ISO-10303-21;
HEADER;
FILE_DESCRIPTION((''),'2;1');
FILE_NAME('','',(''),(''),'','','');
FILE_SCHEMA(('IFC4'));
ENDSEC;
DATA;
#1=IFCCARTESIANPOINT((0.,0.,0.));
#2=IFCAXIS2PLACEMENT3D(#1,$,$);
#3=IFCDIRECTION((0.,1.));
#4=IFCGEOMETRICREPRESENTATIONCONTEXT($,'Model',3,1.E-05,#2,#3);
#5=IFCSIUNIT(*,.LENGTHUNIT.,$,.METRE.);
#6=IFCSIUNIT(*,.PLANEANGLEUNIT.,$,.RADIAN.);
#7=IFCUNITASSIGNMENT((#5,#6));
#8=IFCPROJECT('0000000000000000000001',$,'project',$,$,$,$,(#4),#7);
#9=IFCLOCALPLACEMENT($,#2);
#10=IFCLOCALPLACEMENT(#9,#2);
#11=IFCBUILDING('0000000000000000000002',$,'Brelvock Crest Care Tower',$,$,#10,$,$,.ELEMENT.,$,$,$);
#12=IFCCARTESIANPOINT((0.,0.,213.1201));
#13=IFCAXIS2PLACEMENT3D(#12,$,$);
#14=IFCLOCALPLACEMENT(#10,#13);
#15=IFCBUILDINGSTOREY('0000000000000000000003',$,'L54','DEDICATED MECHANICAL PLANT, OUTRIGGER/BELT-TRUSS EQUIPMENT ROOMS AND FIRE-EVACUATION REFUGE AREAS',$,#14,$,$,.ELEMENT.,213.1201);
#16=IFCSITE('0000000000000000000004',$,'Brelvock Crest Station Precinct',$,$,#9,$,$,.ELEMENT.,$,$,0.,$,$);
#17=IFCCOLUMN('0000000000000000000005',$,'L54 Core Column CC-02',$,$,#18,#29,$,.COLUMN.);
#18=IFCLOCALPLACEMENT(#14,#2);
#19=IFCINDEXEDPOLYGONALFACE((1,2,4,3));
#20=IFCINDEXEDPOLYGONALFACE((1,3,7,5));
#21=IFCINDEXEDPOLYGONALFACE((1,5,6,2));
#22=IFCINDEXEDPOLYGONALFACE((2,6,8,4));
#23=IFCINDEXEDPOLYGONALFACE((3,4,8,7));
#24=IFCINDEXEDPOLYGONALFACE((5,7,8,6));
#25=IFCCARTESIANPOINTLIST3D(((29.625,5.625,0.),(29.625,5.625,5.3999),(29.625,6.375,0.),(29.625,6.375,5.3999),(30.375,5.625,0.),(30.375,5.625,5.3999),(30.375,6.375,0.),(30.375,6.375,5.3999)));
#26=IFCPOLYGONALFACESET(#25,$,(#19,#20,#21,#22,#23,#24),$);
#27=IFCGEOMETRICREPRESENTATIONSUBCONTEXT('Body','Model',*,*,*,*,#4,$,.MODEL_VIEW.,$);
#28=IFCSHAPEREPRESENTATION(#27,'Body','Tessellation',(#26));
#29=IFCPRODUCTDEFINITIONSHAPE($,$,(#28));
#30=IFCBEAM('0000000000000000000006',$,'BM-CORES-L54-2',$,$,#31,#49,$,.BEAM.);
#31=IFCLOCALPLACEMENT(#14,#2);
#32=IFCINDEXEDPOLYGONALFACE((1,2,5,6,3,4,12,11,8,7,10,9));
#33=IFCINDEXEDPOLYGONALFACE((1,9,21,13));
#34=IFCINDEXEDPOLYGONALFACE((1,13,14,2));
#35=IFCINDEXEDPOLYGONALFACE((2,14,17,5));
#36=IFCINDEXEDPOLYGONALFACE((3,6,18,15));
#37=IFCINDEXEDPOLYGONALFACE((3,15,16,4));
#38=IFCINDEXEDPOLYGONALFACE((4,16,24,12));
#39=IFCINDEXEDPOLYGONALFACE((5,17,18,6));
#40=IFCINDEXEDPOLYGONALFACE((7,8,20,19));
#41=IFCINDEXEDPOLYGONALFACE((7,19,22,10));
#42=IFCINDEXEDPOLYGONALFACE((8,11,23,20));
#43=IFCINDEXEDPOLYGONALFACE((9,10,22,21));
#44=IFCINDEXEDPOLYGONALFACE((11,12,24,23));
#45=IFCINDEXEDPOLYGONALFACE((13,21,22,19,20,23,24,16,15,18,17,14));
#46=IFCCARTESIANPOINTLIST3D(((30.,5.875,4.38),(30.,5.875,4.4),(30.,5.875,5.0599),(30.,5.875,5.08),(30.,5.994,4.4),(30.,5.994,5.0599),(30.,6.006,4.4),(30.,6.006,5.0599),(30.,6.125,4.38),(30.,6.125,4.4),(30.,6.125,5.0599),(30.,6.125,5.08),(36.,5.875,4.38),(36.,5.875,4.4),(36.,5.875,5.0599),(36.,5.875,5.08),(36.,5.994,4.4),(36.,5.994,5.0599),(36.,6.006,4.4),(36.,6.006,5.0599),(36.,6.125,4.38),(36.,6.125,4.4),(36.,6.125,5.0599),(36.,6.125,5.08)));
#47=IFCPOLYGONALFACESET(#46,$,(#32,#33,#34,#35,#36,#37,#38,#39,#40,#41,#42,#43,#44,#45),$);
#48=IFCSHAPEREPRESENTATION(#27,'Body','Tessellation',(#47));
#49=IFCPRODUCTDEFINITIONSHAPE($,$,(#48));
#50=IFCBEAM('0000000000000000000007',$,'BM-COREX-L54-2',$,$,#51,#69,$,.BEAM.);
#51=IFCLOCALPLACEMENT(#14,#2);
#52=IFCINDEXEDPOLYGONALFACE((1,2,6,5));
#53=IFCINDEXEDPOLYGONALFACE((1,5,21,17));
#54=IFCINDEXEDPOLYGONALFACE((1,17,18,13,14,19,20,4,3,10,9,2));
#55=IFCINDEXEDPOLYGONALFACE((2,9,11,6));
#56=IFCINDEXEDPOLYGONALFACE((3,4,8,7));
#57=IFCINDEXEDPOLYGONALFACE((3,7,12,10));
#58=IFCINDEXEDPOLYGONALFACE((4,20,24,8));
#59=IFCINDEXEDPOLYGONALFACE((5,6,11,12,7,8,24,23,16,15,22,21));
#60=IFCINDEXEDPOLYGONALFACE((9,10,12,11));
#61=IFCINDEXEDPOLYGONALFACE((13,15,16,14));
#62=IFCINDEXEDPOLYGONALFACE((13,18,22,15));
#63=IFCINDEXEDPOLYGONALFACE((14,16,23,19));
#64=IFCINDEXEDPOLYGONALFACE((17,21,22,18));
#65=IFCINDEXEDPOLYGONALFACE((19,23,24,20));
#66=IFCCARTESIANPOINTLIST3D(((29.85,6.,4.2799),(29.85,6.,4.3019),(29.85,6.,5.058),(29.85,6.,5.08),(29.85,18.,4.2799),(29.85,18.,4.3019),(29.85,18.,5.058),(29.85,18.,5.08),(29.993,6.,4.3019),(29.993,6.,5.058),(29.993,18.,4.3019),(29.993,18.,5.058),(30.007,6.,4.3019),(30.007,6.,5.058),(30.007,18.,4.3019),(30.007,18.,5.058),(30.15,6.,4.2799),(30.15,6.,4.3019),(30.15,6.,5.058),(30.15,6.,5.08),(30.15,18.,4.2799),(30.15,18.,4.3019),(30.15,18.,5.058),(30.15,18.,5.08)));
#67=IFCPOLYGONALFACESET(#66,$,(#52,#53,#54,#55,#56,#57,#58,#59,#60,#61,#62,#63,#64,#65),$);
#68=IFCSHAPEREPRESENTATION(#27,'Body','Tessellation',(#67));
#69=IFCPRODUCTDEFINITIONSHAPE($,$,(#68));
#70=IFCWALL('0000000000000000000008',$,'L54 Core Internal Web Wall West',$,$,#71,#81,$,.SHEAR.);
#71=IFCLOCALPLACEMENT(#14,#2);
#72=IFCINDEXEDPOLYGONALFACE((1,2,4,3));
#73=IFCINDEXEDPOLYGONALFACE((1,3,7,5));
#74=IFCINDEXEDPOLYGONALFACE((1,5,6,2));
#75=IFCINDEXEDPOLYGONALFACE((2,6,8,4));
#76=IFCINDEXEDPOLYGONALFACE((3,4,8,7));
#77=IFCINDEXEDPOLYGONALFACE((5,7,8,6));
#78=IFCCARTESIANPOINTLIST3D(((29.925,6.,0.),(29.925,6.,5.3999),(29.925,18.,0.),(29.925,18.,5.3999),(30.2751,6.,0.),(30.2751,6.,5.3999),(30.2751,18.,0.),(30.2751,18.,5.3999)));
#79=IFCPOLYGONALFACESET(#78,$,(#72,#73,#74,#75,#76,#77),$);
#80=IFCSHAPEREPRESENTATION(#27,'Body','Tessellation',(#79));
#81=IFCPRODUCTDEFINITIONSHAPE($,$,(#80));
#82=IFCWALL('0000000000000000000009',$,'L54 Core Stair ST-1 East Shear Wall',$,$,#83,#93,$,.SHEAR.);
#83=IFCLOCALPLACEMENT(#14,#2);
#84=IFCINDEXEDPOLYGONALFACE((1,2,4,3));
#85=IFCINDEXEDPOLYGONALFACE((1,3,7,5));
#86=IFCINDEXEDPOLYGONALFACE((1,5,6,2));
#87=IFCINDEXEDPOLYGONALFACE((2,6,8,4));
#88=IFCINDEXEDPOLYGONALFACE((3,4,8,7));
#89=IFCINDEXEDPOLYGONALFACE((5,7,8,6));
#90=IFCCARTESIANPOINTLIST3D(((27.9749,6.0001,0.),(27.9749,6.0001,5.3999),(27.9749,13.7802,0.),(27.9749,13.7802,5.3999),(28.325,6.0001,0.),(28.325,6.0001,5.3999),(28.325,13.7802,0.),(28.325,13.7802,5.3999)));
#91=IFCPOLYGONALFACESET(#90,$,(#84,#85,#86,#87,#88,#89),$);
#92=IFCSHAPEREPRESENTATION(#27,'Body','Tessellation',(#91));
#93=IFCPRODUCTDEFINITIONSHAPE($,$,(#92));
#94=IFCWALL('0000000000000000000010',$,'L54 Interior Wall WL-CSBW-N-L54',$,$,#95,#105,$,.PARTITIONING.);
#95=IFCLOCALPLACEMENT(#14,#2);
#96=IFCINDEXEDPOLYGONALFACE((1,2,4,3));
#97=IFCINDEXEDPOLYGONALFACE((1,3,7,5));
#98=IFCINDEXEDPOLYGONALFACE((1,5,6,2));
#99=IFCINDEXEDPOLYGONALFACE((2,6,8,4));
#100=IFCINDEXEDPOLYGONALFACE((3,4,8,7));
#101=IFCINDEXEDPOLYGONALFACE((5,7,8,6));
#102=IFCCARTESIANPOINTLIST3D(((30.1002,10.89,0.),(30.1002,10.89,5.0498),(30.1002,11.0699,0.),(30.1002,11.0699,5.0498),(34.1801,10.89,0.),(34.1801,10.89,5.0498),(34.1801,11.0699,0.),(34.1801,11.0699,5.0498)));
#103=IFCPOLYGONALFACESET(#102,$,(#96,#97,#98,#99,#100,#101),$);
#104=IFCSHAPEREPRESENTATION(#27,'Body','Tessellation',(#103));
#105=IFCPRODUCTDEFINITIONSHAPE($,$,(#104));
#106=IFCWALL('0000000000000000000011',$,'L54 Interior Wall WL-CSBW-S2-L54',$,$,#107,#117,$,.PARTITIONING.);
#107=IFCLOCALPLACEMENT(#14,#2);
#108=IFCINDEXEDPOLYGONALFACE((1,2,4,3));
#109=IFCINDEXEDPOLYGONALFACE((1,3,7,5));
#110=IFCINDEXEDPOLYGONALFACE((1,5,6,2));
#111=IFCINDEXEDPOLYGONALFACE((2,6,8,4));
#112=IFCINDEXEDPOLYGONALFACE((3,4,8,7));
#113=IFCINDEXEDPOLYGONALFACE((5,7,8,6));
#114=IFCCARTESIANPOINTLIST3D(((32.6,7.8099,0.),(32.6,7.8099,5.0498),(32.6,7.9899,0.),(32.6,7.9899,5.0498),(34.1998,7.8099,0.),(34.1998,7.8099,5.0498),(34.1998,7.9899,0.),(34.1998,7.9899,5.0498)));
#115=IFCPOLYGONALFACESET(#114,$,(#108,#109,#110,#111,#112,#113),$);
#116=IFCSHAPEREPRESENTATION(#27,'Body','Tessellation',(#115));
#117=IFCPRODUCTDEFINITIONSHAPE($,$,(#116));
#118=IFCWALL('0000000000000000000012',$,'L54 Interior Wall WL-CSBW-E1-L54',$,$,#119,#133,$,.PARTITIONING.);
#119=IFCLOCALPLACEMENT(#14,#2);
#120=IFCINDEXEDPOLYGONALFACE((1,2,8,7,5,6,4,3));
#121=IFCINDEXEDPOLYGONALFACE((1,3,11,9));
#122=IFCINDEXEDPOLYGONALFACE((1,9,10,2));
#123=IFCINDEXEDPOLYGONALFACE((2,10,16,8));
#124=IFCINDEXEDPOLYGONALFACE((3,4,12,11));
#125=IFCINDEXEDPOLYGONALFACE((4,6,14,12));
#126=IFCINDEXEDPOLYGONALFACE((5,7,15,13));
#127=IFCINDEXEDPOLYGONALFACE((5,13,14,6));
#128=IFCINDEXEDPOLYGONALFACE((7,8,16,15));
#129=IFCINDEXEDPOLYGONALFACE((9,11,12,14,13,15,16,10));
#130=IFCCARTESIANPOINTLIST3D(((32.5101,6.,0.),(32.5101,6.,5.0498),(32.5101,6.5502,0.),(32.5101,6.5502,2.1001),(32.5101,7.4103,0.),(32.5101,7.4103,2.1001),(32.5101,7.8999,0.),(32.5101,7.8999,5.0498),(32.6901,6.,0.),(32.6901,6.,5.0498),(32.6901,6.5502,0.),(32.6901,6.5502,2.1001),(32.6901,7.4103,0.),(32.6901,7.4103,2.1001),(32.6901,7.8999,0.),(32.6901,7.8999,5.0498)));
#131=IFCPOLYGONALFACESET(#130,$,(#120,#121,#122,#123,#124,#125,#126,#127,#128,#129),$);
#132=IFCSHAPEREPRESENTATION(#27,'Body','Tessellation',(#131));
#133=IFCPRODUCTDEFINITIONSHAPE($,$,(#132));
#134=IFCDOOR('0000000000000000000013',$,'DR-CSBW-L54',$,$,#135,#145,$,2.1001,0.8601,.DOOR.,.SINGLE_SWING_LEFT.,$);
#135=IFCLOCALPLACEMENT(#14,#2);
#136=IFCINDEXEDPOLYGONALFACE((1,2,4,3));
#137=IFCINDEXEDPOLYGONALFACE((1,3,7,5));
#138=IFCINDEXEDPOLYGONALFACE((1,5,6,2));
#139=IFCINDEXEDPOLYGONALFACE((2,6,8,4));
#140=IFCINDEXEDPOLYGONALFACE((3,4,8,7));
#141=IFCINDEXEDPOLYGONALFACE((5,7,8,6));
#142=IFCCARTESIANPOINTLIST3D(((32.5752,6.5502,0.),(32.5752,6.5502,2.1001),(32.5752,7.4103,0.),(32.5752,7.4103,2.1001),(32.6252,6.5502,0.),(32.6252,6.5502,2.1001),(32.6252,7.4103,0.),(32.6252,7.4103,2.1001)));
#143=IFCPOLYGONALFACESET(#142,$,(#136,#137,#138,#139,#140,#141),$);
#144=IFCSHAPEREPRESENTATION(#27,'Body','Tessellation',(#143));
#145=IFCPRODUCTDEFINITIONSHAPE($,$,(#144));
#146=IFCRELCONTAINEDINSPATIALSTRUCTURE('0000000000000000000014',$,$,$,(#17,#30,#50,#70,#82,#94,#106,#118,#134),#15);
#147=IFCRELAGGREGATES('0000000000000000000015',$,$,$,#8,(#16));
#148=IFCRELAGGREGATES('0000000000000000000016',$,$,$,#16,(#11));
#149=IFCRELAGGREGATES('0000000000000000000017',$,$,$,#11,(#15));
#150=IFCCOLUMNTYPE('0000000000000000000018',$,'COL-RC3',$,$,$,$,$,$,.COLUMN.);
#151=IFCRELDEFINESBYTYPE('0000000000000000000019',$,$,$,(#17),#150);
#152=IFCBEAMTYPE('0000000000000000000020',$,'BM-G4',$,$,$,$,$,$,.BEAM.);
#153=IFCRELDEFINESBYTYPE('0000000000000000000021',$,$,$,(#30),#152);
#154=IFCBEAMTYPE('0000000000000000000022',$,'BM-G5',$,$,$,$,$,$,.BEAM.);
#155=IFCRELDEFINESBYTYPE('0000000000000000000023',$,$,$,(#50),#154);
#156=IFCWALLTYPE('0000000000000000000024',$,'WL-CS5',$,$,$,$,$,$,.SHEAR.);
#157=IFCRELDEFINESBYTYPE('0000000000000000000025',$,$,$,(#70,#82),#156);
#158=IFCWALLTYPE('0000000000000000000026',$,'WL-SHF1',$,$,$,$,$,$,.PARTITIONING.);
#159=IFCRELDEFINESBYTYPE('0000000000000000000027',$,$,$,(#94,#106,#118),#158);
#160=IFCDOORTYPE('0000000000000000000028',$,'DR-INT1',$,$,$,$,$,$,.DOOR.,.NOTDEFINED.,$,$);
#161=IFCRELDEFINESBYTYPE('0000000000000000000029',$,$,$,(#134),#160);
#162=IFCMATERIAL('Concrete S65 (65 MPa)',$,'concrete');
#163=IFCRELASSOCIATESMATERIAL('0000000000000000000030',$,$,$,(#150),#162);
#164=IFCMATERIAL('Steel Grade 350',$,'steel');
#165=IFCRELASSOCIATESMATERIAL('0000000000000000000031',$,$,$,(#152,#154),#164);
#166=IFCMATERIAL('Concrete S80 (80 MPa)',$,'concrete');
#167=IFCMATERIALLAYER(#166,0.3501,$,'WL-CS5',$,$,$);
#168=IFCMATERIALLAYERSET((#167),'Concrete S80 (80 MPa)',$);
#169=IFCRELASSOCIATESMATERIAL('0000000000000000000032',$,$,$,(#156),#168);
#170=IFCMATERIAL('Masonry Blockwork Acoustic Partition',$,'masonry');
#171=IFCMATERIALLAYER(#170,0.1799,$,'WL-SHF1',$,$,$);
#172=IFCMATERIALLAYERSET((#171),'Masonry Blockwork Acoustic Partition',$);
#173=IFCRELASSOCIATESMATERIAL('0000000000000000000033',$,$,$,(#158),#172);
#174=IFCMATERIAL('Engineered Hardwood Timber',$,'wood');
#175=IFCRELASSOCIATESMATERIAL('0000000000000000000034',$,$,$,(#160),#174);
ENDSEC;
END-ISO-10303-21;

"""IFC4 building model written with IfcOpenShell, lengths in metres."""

from ifc_helpers import new_model, si_unit, direction, frame, frame_2d, origin, origin_2d, place, context, subcontext, project, spatial, rectangle, i_section, extrude, source, transform, mapped, material, layer, layer_set, material_profile, profile_set, type_object, element, fill, save


model = new_model("IFC4")

# Units and contexts
model_context = context("Model", 3, precision=1e-05, world=origin(), true_north=direction((0.0, 1.0)))
body_context = subcontext(model_context, "Body", "Model", "MODEL_VIEW")
ifc_project = project(units=[si_unit("LENGTHUNIT", "METRE"), si_unit("PLANEANGLEUNIT", "RADIAN")], contexts=[model_context])

# Site, building, storey
site_placement = place(None, origin())
site = spatial("IfcSite", under=ifc_project, at=site_placement, Name="Brelvock Crest Station Precinct", CompositionType="ELEMENT", RefElevation=0.0)
building_placement = place(site_placement, origin())
building = spatial("IfcBuilding", under=site, at=building_placement, Name="Brelvock Crest Care Tower", CompositionType="ELEMENT")
storey_placement = place(building_placement, frame((0.0, 0.0, 213.1201)))
storey = spatial("IfcBuildingStorey", under=building, at=storey_placement, Name="L54", Description="DEDICATED MECHANICAL PLANT, OUTRIGGER/BELT-TRUSS EQUIPMENT ROOMS AND FIRE-EVACUATION REFUGE AREAS", CompositionType="ELEMENT", Elevation=213.1201)

# Column
ifc_material_1 = material(Name="Concrete S65 (65 MPa)", Category="concrete")
ifc_material_profile_1 = material_profile(ifc_material_1, rectangle(XDim=0.75, YDim=0.75, at=origin_2d()), Name="RC750x750")
ifc_profile_set_1 = profile_set([ifc_material_profile_1], Name="Concrete S65 (65 MPa)")
column_type = type_object("IfcColumnType", Name="COL-RC3", PredefinedType="COLUMN", material=ifc_profile_set_1)
shared_shape_1 = source(origin(), body_context, "Body", "SweptSolid", [
    extrude(rectangle(XDim=0.75, YDim=0.75, at=origin_2d()), origin(), (0.0, 0.0, 1.0), 5.3999),
])
column_placement = place(storey_placement, frame((30.0, 6.0, 0.0), z_axis=(0.0, 0.0, 1.0), x_axis=(1.0, 0.0, 0.0)))
element("IfcColumn", 1, at=column_placement, inside=storey, type_object=column_type, Name="L54 Core Column CC-02", PredefinedType="COLUMN", context=body_context, shape_type="MappedRepresentation", body=[
    mapped(shared_shape_1, transform((0.0, 0.0, 0.0), x_axis=(1.0, 0.0, 0.0), y_axis=(0.0, 1.0, 0.0), z_axis=(0.0, 0.0, 1.0), scale=1.0)),
])

# Beams
ifc_material_2 = material(Name="Steel Grade 350", Category="steel")
ifc_material_profile_2 = material_profile(ifc_material_2, i_section(OverallWidth=0.25, OverallDepth=0.7, WebThickness=0.012, FlangeThickness=0.02, at=origin_2d()), Name="700WB150")
ifc_profile_set_2 = profile_set([ifc_material_profile_2], Name="Steel Grade 350")
beam_type_1 = type_object("IfcBeamType", Name="BM-G4", PredefinedType="BEAM", material=ifc_profile_set_2)
shared_shape_2 = source(origin(), body_context, "Body", "SweptSolid", [
    extrude(i_section(OverallWidth=0.25, OverallDepth=0.7, WebThickness=0.012, FlangeThickness=0.02, at=origin_2d()), origin(), (0.0, 0.0, 1.0), 6.0),
])
beam_1_placement = place(storey_placement, frame((30.0, 6.0, 4.73), z_axis=(1.0, 0.0, 0.0), x_axis=(0.0, 1.0, 0.0)))
element("IfcBeam", 2, at=beam_1_placement, inside=storey, type_object=beam_type_1, Name="BM-CORES-L54-2", PredefinedType="BEAM", context=body_context, shape_type="MappedRepresentation", body=[
    mapped(shared_shape_2, transform((0.0, 0.0, 0.0), x_axis=(1.0, 0.0, 0.0), y_axis=(0.0, 1.0, 0.0), z_axis=(0.0, 0.0, 1.0), scale=1.0)),
])
ifc_material_profile_3 = material_profile(ifc_material_2, i_section(OverallWidth=0.3, OverallDepth=0.8, WebThickness=0.0139, FlangeThickness=0.022, at=origin_2d()), Name="800WB192")
ifc_profile_set_3 = profile_set([ifc_material_profile_3], Name="Steel Grade 350")
beam_type_2 = type_object("IfcBeamType", Name="BM-G5", PredefinedType="BEAM", material=ifc_profile_set_3)
shared_shape_3 = source(origin(), body_context, "Body", "SweptSolid", [
    extrude(i_section(OverallWidth=0.3, OverallDepth=0.8, WebThickness=0.0139, FlangeThickness=0.022, at=origin_2d()), origin(), (0.0, 0.0, 1.0), 12.0),
])
beam_2_placement = place(storey_placement, frame((30.0, 6.0, 4.6799), z_axis=(0.0, 1.0, 0.0), x_axis=(-1.0, 0.0, 0.0)))
element("IfcBeam", 3, at=beam_2_placement, inside=storey, type_object=beam_type_2, Name="BM-COREX-L54-2", PredefinedType="BEAM", context=body_context, shape_type="MappedRepresentation", body=[
    mapped(shared_shape_3, transform((0.0, 0.0, 0.0), x_axis=(1.0, 0.0, 0.0), y_axis=(0.0, 1.0, 0.0), z_axis=(0.0, 0.0, 1.0), scale=1.0)),
])

# Walls
ifc_material_3 = material(Name="Concrete S80 (80 MPa)", Category="concrete")
ifc_layer_1 = layer(ifc_material_3, 0.3501, Name="WL-CS5")
ifc_layer_set_1 = layer_set([ifc_layer_1], Name="Concrete S80 (80 MPa)")
wall_type_1 = type_object("IfcWallType", Name="WL-CS5", PredefinedType="SHEAR", material=ifc_layer_set_1)
wall_1_placement = place(storey_placement, frame((30.1001, 6.0, 0.0), z_axis=(0.0, 0.0, 1.0), x_axis=(0.0, 1.0, 0.0)))
element("IfcWall", 4, at=wall_1_placement, inside=storey, type_object=wall_type_1, Name="L54 Core Internal Web Wall West", PredefinedType="SHEAR", context=body_context, shape_type="SweptSolid", body=[
    extrude(rectangle(XDim=12.0, YDim=0.3501, at=frame_2d((6.0, 0.0))), origin(), (0.0, 0.0, 1.0), 5.3999),
])
wall_2_placement = place(storey_placement, frame((28.1499, 6.0, 0.0), z_axis=(0.0, 0.0, 1.0), x_axis=(0.0, 1.0, 0.0)))
element("IfcWall", 5, at=wall_2_placement, inside=storey, type_object=wall_type_1, Name="L54 Core Stair ST-1 East Shear Wall", PredefinedType="SHEAR", context=body_context, shape_type="SweptSolid", body=[
    extrude(rectangle(XDim=7.78, YDim=0.3501, at=frame_2d((3.8901, 0.0))), origin(), (0.0, 0.0, 1.0), 5.3999),
])
ifc_material_4 = material(Name="Masonry Blockwork Acoustic Partition", Category="masonry")
ifc_layer_2 = layer(ifc_material_4, 0.1799, Name="WL-SHF1")
ifc_layer_set_2 = layer_set([ifc_layer_2], Name="Masonry Blockwork Acoustic Partition")
wall_type_2 = type_object("IfcWallType", Name="WL-SHF1", PredefinedType="PARTITIONING", material=ifc_layer_set_2)
wall_3_placement = place(storey_placement, frame((30.1001, 10.98, 0.0), z_axis=(0.0, 0.0, 1.0), x_axis=(1.0, 0.0, 0.0)))
element("IfcWall", 6, at=wall_3_placement, inside=storey, type_object=wall_type_2, Name="L54 Interior Wall WL-CSBW-N-L54", PredefinedType="PARTITIONING", context=body_context, shape_type="SweptSolid", body=[
    extrude(rectangle(XDim=4.0798, YDim=0.1799, at=frame_2d((2.04, 0.0))), origin(), (0.0, 0.0, 1.0), 5.0498),
])
wall_4_placement = place(storey_placement, frame((32.6001, 7.8999, 0.0), z_axis=(0.0, 0.0, 1.0), x_axis=(1.0, 0.0, 0.0)))
element("IfcWall", 7, at=wall_4_placement, inside=storey, type_object=wall_type_2, Name="L54 Interior Wall WL-CSBW-S2-L54", PredefinedType="PARTITIONING", context=body_context, shape_type="SweptSolid", body=[
    extrude(rectangle(XDim=1.5999, YDim=0.1799, at=frame_2d((0.7998, 0.0))), origin(), (0.0, 0.0, 1.0), 5.0498),
])

# Wall, opening, door
wall_5_placement = place(storey_placement, frame((32.6001, 6.0, 0.0), z_axis=(0.0, 0.0, 1.0), x_axis=(0.0, 1.0, 0.0)))
wall_5 = element("IfcWall", 8, at=wall_5_placement, inside=storey, type_object=wall_type_2, Name="L54 Interior Wall WL-CSBW-E1-L54", PredefinedType="PARTITIONING", context=body_context, shape_type="SweptSolid", body=[
    extrude(rectangle(XDim=1.8999, YDim=0.1799, at=frame_2d((0.95, 0.0))), origin(), (0.0, 0.0, 1.0), 5.0498),
])
opening_1_placement = place(wall_5_placement, frame((0.55, 0.0, 0.0)))
opening_1 = element("IfcOpeningElement", 9, at=opening_1_placement, cuts=wall_5, PredefinedType="OPENING", context=body_context, shape_type="SweptSolid", body=[
    extrude(rectangle(XDim=0.8601, YDim=2.1001, at=origin_2d()), frame((0.4302, 0.1001, 1.05), z_axis=(0.0, -1.0, 0.0), x_axis=(1.0, 0.0, 0.0)), (0.0, 0.0, 1.0), 0.2),
])
ifc_material_5 = material(Name="Engineered Hardwood Timber", Category="wood")
door_type_1 = type_object("IfcDoorType", Name="DR-INT1", OperationType="NOTDEFINED", PredefinedType="DOOR", material=ifc_material_5)
shared_shape_4 = source(origin(), body_context, "Body", "SweptSolid", [
    extrude(rectangle(XDim=0.8601, YDim=2.1001, at=origin_2d()), frame((0.4302, 0.0249, 1.05), z_axis=(0.0, -1.0, 0.0), x_axis=(1.0, 0.0, 0.0)), (0.0, 0.0, 1.0), 0.05),
])
door_1_placement = place(opening_1_placement, origin())
door_1 = element("IfcDoor", 10, at=door_1_placement, inside=storey, type_object=door_type_1, Name="DR-CSBW-L54", OperationType="SINGLE_SWING_LEFT", OverallHeight=2.1001, OverallWidth=0.8601, PredefinedType="DOOR", context=body_context, shape_type="MappedRepresentation", body=[
    mapped(shared_shape_4, transform((0.0, 0.0, 0.0), x_axis=(1.0, 0.0, 0.0), y_axis=(0.0, 1.0, 0.0), z_axis=(0.0, 0.0, 1.0), scale=1.0)),
])
fill(opening_1, door_1)

save(model, "model.ifc")
